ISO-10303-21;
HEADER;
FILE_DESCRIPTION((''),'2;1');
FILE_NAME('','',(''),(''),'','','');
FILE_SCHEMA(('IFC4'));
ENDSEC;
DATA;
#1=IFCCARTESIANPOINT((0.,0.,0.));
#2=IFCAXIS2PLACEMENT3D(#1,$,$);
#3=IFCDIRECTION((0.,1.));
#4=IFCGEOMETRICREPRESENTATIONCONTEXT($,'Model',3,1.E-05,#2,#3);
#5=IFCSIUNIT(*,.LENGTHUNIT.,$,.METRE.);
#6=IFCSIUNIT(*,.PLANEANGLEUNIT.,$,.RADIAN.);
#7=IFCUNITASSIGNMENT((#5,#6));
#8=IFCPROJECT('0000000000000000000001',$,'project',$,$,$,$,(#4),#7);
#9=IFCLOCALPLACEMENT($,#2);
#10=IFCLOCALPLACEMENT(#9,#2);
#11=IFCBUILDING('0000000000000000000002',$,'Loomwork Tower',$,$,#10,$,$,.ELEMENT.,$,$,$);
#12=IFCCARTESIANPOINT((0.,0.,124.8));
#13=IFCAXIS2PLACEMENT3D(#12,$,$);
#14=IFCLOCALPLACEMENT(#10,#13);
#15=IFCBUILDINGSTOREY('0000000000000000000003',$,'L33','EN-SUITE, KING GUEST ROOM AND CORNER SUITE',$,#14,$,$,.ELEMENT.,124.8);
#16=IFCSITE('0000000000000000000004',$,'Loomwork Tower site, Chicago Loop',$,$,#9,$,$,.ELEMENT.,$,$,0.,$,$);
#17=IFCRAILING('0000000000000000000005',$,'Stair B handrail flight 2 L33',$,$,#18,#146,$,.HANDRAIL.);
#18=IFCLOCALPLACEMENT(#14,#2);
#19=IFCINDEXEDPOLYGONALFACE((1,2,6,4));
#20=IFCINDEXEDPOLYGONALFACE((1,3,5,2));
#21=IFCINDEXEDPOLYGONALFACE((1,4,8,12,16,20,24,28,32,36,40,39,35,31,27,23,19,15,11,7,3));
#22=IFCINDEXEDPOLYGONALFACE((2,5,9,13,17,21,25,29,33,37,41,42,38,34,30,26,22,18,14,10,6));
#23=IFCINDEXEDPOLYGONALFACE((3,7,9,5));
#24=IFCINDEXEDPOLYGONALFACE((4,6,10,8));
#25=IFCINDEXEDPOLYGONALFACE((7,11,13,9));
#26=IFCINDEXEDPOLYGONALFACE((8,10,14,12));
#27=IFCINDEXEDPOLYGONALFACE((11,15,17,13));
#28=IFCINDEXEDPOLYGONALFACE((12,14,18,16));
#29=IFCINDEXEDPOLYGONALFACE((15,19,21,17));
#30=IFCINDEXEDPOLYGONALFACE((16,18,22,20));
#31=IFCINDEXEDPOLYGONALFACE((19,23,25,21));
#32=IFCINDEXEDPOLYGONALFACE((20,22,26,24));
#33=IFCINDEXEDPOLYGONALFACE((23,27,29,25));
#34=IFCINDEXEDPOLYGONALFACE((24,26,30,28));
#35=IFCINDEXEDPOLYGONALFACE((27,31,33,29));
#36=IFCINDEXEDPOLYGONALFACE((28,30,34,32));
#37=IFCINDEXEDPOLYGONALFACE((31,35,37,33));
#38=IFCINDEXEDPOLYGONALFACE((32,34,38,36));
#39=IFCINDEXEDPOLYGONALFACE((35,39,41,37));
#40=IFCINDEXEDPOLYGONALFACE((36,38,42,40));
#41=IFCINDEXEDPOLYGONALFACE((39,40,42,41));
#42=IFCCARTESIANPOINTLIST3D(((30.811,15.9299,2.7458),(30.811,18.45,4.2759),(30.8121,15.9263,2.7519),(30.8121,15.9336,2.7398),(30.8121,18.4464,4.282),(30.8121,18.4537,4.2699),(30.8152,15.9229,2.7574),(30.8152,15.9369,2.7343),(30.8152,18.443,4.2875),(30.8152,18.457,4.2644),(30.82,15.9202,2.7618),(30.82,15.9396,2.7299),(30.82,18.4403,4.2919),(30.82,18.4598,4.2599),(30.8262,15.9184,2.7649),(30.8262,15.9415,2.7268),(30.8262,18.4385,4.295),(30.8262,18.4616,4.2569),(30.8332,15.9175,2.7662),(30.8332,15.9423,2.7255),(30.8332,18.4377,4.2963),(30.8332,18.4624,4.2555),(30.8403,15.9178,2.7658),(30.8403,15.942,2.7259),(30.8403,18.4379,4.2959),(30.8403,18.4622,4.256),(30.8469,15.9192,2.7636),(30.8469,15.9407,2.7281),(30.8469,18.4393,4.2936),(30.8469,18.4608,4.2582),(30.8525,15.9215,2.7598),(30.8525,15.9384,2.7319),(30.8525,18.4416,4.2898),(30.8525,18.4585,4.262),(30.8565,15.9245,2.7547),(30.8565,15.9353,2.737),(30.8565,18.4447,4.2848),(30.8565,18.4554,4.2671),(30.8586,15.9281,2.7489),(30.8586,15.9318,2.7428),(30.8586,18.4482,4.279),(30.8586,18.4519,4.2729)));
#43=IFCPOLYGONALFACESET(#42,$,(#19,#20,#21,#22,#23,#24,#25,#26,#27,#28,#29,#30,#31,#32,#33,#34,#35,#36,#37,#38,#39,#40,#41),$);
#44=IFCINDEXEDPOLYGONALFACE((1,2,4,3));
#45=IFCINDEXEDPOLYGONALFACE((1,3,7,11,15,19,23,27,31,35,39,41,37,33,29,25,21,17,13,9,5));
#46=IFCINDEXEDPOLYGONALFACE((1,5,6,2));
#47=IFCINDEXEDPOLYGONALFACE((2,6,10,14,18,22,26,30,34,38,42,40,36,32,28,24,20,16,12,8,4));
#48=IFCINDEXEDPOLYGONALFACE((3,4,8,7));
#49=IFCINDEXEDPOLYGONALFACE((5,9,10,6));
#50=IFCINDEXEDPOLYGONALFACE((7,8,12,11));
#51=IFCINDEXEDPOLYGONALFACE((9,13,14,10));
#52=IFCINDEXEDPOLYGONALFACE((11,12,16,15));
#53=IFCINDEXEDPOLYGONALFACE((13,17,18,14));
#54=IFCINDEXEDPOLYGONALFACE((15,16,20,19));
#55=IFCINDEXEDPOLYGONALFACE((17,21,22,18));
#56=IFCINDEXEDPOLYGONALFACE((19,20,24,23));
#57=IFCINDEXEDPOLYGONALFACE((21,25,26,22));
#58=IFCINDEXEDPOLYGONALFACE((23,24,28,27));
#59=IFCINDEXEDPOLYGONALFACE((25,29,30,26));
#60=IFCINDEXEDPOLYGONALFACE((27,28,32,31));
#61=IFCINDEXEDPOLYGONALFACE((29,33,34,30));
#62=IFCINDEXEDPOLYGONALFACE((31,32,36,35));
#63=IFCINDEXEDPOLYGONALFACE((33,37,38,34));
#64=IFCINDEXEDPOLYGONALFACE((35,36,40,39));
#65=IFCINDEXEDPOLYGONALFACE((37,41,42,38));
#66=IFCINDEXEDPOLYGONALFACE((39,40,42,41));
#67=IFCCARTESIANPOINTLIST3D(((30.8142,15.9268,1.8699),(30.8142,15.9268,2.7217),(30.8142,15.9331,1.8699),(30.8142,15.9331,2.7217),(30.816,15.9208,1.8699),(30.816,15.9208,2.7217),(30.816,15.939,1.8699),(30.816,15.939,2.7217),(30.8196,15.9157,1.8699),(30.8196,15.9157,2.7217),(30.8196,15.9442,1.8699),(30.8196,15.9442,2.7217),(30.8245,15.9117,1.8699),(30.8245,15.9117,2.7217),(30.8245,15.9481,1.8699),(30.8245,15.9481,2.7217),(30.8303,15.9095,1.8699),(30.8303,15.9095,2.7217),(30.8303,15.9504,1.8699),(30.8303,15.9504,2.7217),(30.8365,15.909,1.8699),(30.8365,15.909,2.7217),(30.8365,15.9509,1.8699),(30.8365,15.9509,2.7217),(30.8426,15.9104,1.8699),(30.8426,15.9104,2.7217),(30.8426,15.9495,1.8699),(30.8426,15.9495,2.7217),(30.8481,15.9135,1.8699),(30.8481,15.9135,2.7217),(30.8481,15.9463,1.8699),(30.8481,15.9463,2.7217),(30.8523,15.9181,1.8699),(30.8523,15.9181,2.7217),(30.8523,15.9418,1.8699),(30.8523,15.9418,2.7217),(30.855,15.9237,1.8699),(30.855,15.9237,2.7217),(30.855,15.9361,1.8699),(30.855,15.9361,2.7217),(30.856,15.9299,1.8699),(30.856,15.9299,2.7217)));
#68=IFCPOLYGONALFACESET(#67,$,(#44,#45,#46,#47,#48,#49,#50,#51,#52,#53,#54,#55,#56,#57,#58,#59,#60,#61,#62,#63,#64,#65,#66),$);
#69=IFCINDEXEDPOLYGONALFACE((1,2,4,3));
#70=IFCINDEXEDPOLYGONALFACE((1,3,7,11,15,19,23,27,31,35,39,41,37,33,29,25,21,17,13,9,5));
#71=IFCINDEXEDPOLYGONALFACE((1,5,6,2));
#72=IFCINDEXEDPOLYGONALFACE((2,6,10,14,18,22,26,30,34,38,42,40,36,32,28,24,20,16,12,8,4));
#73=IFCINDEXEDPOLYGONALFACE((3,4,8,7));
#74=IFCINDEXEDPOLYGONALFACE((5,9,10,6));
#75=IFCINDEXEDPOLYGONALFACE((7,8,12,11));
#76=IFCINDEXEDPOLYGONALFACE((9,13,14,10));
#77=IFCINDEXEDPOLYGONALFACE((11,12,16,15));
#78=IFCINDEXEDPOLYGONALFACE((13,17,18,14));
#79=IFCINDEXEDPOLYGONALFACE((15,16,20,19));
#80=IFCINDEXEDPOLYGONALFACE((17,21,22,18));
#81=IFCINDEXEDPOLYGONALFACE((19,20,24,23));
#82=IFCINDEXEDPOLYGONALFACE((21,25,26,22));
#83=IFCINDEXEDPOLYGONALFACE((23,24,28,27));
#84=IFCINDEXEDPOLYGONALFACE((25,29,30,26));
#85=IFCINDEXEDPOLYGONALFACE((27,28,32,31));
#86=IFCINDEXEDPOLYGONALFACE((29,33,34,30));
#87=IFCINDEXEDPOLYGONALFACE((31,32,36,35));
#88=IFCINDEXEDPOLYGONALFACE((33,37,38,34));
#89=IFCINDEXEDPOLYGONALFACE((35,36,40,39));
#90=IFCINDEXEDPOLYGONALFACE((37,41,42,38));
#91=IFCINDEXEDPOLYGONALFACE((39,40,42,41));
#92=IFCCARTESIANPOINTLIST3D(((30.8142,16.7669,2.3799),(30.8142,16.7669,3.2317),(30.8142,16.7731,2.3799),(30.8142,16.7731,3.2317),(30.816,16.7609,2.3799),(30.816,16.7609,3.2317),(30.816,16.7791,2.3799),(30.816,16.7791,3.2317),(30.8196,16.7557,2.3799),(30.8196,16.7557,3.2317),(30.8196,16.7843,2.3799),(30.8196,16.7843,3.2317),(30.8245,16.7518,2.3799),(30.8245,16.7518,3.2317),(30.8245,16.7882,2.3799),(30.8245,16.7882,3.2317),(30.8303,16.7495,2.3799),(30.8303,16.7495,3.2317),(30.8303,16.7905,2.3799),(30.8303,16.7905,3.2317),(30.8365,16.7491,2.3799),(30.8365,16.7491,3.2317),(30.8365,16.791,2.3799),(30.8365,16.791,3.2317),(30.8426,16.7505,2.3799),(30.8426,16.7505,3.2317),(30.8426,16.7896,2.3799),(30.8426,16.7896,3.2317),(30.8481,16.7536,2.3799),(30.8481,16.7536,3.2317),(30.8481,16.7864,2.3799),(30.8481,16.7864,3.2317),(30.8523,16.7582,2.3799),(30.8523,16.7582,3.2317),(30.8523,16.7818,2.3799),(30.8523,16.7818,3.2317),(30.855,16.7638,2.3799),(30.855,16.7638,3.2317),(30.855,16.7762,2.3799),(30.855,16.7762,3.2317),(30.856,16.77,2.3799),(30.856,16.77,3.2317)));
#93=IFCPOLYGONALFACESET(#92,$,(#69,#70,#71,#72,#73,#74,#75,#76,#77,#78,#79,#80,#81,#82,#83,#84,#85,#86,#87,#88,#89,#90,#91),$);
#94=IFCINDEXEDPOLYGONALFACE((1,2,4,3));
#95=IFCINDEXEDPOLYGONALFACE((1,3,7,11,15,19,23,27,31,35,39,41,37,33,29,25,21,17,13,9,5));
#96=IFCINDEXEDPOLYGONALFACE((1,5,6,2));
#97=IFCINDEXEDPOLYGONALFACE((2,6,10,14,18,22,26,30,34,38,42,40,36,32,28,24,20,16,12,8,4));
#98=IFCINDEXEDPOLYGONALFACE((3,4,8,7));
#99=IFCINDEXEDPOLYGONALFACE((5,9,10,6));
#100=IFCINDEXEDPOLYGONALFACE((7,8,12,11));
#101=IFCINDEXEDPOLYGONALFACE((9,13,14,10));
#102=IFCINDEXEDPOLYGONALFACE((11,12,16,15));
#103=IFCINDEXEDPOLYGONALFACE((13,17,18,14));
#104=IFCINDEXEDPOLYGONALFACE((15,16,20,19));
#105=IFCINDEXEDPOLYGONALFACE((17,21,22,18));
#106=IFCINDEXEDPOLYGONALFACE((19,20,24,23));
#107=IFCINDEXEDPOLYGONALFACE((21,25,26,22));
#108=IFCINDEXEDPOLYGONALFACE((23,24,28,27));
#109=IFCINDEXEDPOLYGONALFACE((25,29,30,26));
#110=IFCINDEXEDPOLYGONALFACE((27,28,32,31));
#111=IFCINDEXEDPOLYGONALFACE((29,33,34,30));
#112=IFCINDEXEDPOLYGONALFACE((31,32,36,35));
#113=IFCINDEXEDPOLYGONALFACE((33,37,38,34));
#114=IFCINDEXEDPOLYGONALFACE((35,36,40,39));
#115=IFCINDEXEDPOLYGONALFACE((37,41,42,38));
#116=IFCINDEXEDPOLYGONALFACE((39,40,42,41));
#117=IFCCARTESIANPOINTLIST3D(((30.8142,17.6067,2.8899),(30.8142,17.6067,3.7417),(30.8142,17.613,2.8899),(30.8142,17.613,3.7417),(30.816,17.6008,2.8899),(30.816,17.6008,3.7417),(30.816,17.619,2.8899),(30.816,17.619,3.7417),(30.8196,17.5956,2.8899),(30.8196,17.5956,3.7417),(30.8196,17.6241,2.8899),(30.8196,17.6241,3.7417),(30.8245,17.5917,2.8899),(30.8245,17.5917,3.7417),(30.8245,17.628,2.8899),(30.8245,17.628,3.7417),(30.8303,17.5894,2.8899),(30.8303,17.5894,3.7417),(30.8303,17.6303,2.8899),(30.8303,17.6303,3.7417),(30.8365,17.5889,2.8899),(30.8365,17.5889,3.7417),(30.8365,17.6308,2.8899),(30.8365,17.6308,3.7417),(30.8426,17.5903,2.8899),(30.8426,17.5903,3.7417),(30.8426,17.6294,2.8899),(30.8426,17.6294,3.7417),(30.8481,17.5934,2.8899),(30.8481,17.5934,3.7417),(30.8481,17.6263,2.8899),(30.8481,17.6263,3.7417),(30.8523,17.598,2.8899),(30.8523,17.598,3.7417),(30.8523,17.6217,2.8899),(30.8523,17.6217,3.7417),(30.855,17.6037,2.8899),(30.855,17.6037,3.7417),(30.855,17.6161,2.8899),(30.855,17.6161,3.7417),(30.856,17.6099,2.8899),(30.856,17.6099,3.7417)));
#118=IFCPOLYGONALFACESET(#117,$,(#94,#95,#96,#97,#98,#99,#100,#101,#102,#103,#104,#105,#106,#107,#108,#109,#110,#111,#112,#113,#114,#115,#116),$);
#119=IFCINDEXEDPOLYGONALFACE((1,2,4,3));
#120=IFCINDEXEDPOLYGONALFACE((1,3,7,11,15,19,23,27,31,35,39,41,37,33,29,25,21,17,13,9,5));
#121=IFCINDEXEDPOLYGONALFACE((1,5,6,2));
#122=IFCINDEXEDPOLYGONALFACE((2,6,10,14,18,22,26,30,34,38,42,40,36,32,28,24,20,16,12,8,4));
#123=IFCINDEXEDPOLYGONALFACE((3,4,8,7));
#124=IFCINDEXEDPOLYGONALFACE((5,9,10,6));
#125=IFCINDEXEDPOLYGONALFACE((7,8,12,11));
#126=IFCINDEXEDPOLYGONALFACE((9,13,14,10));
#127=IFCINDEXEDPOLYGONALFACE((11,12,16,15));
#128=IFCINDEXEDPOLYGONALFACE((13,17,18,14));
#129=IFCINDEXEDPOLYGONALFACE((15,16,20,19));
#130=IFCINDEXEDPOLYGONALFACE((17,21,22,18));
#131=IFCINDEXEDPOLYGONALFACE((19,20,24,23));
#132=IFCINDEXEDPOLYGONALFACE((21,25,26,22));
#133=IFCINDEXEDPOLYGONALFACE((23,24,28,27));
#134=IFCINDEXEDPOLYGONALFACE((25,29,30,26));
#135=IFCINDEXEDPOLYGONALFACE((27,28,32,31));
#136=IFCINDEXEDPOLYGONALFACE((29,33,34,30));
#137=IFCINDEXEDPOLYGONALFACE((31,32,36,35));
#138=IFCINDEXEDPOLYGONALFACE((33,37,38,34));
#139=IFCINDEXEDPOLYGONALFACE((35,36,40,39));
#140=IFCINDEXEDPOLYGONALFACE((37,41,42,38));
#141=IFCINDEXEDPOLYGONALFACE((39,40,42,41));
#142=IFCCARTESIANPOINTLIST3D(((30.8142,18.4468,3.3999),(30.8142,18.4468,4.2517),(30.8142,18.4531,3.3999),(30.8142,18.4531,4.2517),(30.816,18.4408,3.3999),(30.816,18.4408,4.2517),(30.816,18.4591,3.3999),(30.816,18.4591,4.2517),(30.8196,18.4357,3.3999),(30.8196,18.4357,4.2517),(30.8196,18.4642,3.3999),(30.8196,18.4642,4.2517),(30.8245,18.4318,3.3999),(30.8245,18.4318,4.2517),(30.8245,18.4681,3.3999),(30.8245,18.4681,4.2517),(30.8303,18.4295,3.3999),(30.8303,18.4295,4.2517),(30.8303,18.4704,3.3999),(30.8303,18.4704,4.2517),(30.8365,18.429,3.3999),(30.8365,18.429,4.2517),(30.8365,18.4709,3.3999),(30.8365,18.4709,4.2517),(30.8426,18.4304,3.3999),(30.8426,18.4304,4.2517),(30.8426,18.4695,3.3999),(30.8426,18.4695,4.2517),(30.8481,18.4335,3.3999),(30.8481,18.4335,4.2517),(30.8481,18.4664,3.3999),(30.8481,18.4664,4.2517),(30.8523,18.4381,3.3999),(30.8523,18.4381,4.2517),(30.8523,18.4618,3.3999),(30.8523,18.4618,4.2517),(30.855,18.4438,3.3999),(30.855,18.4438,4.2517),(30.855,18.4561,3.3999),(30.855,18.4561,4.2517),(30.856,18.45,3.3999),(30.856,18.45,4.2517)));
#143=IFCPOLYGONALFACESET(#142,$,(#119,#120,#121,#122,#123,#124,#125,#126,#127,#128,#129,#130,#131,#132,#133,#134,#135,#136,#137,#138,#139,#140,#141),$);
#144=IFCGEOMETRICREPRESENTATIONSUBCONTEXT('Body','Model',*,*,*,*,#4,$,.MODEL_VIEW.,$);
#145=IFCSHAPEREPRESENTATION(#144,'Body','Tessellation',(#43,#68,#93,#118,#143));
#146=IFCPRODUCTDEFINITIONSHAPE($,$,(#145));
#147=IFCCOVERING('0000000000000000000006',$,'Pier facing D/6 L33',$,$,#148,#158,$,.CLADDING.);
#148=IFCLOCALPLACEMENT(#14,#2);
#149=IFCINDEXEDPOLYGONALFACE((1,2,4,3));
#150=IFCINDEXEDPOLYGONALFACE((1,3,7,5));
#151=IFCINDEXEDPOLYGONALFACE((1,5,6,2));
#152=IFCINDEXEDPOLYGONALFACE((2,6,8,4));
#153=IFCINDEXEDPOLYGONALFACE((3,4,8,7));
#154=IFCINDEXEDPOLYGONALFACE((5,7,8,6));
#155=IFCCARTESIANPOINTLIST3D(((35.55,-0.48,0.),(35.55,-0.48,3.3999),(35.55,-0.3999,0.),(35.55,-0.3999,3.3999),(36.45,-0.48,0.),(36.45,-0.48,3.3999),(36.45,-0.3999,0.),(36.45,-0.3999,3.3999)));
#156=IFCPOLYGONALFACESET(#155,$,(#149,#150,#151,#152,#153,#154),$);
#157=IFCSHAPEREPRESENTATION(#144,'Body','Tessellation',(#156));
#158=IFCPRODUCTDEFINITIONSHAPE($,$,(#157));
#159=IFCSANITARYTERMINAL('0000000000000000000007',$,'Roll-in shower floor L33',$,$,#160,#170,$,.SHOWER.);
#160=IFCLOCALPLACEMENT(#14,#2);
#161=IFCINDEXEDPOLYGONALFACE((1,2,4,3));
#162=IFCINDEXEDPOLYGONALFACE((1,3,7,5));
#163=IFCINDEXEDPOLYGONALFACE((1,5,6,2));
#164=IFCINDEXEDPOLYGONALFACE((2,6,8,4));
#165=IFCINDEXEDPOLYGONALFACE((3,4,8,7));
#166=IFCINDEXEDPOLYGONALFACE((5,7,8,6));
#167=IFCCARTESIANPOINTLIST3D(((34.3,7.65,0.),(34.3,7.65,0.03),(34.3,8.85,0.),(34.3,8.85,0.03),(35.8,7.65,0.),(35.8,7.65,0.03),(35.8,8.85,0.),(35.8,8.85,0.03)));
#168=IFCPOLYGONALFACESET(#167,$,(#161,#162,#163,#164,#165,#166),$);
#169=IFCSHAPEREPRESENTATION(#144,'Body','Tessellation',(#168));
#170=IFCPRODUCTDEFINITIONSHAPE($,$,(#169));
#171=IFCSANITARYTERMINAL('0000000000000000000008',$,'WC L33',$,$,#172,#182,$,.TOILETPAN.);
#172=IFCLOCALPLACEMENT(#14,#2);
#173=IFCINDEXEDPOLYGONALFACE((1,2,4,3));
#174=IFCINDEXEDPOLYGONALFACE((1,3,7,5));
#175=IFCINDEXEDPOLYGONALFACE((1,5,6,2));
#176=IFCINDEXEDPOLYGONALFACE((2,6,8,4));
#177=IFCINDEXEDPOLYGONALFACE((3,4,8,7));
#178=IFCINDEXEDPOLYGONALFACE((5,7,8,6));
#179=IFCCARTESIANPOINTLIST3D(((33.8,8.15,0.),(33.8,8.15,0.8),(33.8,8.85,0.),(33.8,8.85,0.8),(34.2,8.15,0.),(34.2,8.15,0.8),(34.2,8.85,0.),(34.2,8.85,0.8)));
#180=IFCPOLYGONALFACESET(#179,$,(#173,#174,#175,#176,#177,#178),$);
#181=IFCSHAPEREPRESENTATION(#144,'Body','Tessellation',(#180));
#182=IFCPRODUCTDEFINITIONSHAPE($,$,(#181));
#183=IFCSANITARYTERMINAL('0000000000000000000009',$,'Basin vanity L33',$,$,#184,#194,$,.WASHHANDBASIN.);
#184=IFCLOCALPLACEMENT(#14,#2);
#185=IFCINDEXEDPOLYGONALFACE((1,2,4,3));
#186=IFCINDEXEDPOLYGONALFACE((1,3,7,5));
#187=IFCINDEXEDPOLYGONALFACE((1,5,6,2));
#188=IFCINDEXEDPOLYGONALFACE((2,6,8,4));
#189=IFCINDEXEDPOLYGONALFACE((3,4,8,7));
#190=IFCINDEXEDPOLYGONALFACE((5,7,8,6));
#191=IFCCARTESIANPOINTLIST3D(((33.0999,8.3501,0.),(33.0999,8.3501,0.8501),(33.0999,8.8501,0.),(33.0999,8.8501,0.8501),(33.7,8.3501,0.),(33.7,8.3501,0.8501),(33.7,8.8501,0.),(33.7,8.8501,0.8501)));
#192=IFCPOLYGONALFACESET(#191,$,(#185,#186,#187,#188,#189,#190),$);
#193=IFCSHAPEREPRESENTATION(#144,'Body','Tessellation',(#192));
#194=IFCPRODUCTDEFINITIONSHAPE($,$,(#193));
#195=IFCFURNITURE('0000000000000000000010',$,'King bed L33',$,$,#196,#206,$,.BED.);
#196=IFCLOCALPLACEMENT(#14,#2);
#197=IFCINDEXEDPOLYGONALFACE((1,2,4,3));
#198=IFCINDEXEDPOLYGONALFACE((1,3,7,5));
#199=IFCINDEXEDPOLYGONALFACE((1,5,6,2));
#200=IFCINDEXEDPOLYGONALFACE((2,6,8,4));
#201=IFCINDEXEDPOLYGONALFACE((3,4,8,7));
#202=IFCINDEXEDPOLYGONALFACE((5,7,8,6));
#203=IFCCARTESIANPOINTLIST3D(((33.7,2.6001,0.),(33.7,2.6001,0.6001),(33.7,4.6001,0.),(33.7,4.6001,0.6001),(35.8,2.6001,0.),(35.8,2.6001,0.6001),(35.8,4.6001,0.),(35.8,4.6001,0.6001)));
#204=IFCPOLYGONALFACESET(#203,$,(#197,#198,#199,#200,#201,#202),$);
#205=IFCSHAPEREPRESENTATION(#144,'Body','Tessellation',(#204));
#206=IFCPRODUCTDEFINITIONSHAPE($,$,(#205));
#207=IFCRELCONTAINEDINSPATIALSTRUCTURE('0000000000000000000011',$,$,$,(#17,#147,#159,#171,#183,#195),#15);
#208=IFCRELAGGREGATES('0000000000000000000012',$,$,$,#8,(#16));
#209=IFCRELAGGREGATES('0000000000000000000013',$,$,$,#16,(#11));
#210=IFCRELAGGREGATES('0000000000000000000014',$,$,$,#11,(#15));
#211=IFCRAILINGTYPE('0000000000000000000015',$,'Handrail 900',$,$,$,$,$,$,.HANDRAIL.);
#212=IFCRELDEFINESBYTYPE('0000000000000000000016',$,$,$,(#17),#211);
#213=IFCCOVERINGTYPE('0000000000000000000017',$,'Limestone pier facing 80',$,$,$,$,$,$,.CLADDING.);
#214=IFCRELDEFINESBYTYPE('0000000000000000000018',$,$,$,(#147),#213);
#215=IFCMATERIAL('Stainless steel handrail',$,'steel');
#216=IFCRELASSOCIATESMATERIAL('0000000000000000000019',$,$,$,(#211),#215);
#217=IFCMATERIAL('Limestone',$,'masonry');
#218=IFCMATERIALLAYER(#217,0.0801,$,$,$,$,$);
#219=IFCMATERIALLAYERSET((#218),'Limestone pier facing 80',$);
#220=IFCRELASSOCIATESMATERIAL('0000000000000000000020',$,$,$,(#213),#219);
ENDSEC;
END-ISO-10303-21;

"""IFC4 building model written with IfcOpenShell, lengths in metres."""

from ifc_helpers import new_model, si_unit, direction, frame, origin, origin_2d, place, context, subcontext, project, spatial, rectangle, circle, extrude, material, layer, layer_set, type_object, element, save


model = new_model("IFC4")

# Units and contexts
model_context = context("Model", 3, precision=1e-05, world=origin(), true_north=direction((0.0, 1.0)))
body_context = subcontext(model_context, "Body", "Model", "MODEL_VIEW")
ifc_project = project(units=[si_unit("LENGTHUNIT", "METRE"), si_unit("PLANEANGLEUNIT", "RADIAN")], contexts=[model_context])

# Site, building, storey
site_placement = place(None, origin())
site = spatial("IfcSite", under=ifc_project, at=site_placement, Name="Loomwork Tower site, Chicago Loop", CompositionType="ELEMENT", RefElevation=0.0)
building_placement = place(site_placement, origin())
building = spatial("IfcBuilding", under=site, at=building_placement, Name="Loomwork Tower", CompositionType="ELEMENT")
storey_placement = place(building_placement, frame((0.0, 0.0, 124.8)))
storey = spatial("IfcBuildingStorey", under=building, at=storey_placement, Name="L33", Description="EN-SUITE, KING GUEST ROOM AND CORNER SUITE", CompositionType="ELEMENT", Elevation=124.8)

# Railing
ifc_material_1 = material(Name="Stainless steel handrail", Category="steel")
railing_type = type_object("IfcRailingType", Name="Handrail 900", PredefinedType="HANDRAIL", material=ifc_material_1)
railing_placement = place(storey_placement, frame((30.835, 15.9299, 1.8699)))
element("IfcRailing", 1, at=railing_placement, inside=storey, type_object=railing_type, Name="Stair B handrail flight 2 L33", PredefinedType="HANDRAIL", context=body_context, shape_type="SweptSolid", body=[
    extrude(circle(Radius=0.0239, at=origin_2d()), frame((0.0, 0.0, 0.876), z_axis=(0.0, 0.854785, 0.518982), x_axis=(-1.0, 0.0, 0.0)), (0.0, 0.0, 1.0), 2.9482),
    extrude(circle(Radius=0.021, at=origin_2d()), origin(), (0.0, 0.0, 1.0), 0.8518),
    extrude(circle(Radius=0.021, at=origin_2d()), frame((0.0, 0.8401, 0.51)), (0.0, 0.0, 1.0), 0.8518),
    extrude(circle(Radius=0.021, at=origin_2d()), frame((0.0, 1.6799, 1.02)), (0.0, 0.0, 1.0), 0.8518),
    extrude(circle(Radius=0.021, at=origin_2d()), frame((0.0, 2.52, 1.53)), (0.0, 0.0, 1.0), 0.8518),
])

# Covering
ifc_material_2 = material(Name="Limestone", Category="masonry")
ifc_layer_1 = layer(ifc_material_2, 0.0801)
ifc_layer_set_1 = layer_set([ifc_layer_1], Name="Limestone pier facing 80")
covering_type = type_object("IfcCoveringType", Name="Limestone pier facing 80", PredefinedType="CLADDING", material=ifc_layer_set_1)
covering_placement = place(storey_placement, frame((36.0, -0.4399, 0.0), z_axis=(0.0, 0.0, 1.0), x_axis=(1.0, 0.0, 0.0)))
element("IfcCovering", 2, at=covering_placement, inside=storey, type_object=covering_type, Name="Pier facing D/6 L33", PredefinedType="CLADDING", context=body_context, shape_type="SweptSolid", body=[
    extrude(rectangle(XDim=0.8999, YDim=0.0801, at=origin_2d()), origin(), (0.0, 0.0, 1.0), 3.3999),
])

# Sanitary terminals
sanitary_terminal_1_placement = place(storey_placement, frame((35.05, 8.25, 0.0), z_axis=(0.0, 0.0, 1.0), x_axis=(1.0, 0.0, 0.0)))
element("IfcSanitaryTerminal", 3, at=sanitary_terminal_1_placement, inside=storey, Name="Roll-in shower floor L33", PredefinedType="SHOWER", context=body_context, shape_type="SweptSolid", body=[
    extrude(rectangle(XDim=1.5, YDim=1.2, at=origin_2d()), origin(), (0.0, 0.0, 1.0), 0.03),
])
sanitary_terminal_2_placement = place(storey_placement, frame((34.0, 8.5, 0.0), z_axis=(0.0, 0.0, 1.0), x_axis=(1.0, 0.0, 0.0)))
element("IfcSanitaryTerminal", 4, at=sanitary_terminal_2_placement, inside=storey, Name="WC L33", PredefinedType="TOILETPAN", context=body_context, shape_type="SweptSolid", body=[
    extrude(rectangle(XDim=0.3999, YDim=0.7, at=origin_2d()), origin(), (0.0, 0.0, 1.0), 0.8),
])
sanitary_terminal_3_placement = place(storey_placement, frame((33.3999, 8.6001, 0.0), z_axis=(0.0, 0.0, 1.0), x_axis=(1.0, 0.0, 0.0)))
element("IfcSanitaryTerminal", 5, at=sanitary_terminal_3_placement, inside=storey, Name="Basin vanity L33", PredefinedType="WASHHANDBASIN", context=body_context, shape_type="SweptSolid", body=[
    extrude(rectangle(XDim=0.6001, YDim=0.5, at=origin_2d()), origin(), (0.0, 0.0, 1.0), 0.8501),
])

# Furniture
furniture_1_placement = place(storey_placement, frame((34.75, 3.6001, 0.0), z_axis=(0.0, 0.0, 1.0), x_axis=(1.0, 0.0, 0.0)))
element("IfcFurniture", 6, at=furniture_1_placement, inside=storey, Name="King bed L33", PredefinedType="BED", context=body_context, shape_type="SweptSolid", body=[
    extrude(rectangle(XDim=2.1001, YDim=2.0, at=origin_2d()), origin(), (0.0, 0.0, 1.0), 0.6001),
])

save(model, "model.ifc")
